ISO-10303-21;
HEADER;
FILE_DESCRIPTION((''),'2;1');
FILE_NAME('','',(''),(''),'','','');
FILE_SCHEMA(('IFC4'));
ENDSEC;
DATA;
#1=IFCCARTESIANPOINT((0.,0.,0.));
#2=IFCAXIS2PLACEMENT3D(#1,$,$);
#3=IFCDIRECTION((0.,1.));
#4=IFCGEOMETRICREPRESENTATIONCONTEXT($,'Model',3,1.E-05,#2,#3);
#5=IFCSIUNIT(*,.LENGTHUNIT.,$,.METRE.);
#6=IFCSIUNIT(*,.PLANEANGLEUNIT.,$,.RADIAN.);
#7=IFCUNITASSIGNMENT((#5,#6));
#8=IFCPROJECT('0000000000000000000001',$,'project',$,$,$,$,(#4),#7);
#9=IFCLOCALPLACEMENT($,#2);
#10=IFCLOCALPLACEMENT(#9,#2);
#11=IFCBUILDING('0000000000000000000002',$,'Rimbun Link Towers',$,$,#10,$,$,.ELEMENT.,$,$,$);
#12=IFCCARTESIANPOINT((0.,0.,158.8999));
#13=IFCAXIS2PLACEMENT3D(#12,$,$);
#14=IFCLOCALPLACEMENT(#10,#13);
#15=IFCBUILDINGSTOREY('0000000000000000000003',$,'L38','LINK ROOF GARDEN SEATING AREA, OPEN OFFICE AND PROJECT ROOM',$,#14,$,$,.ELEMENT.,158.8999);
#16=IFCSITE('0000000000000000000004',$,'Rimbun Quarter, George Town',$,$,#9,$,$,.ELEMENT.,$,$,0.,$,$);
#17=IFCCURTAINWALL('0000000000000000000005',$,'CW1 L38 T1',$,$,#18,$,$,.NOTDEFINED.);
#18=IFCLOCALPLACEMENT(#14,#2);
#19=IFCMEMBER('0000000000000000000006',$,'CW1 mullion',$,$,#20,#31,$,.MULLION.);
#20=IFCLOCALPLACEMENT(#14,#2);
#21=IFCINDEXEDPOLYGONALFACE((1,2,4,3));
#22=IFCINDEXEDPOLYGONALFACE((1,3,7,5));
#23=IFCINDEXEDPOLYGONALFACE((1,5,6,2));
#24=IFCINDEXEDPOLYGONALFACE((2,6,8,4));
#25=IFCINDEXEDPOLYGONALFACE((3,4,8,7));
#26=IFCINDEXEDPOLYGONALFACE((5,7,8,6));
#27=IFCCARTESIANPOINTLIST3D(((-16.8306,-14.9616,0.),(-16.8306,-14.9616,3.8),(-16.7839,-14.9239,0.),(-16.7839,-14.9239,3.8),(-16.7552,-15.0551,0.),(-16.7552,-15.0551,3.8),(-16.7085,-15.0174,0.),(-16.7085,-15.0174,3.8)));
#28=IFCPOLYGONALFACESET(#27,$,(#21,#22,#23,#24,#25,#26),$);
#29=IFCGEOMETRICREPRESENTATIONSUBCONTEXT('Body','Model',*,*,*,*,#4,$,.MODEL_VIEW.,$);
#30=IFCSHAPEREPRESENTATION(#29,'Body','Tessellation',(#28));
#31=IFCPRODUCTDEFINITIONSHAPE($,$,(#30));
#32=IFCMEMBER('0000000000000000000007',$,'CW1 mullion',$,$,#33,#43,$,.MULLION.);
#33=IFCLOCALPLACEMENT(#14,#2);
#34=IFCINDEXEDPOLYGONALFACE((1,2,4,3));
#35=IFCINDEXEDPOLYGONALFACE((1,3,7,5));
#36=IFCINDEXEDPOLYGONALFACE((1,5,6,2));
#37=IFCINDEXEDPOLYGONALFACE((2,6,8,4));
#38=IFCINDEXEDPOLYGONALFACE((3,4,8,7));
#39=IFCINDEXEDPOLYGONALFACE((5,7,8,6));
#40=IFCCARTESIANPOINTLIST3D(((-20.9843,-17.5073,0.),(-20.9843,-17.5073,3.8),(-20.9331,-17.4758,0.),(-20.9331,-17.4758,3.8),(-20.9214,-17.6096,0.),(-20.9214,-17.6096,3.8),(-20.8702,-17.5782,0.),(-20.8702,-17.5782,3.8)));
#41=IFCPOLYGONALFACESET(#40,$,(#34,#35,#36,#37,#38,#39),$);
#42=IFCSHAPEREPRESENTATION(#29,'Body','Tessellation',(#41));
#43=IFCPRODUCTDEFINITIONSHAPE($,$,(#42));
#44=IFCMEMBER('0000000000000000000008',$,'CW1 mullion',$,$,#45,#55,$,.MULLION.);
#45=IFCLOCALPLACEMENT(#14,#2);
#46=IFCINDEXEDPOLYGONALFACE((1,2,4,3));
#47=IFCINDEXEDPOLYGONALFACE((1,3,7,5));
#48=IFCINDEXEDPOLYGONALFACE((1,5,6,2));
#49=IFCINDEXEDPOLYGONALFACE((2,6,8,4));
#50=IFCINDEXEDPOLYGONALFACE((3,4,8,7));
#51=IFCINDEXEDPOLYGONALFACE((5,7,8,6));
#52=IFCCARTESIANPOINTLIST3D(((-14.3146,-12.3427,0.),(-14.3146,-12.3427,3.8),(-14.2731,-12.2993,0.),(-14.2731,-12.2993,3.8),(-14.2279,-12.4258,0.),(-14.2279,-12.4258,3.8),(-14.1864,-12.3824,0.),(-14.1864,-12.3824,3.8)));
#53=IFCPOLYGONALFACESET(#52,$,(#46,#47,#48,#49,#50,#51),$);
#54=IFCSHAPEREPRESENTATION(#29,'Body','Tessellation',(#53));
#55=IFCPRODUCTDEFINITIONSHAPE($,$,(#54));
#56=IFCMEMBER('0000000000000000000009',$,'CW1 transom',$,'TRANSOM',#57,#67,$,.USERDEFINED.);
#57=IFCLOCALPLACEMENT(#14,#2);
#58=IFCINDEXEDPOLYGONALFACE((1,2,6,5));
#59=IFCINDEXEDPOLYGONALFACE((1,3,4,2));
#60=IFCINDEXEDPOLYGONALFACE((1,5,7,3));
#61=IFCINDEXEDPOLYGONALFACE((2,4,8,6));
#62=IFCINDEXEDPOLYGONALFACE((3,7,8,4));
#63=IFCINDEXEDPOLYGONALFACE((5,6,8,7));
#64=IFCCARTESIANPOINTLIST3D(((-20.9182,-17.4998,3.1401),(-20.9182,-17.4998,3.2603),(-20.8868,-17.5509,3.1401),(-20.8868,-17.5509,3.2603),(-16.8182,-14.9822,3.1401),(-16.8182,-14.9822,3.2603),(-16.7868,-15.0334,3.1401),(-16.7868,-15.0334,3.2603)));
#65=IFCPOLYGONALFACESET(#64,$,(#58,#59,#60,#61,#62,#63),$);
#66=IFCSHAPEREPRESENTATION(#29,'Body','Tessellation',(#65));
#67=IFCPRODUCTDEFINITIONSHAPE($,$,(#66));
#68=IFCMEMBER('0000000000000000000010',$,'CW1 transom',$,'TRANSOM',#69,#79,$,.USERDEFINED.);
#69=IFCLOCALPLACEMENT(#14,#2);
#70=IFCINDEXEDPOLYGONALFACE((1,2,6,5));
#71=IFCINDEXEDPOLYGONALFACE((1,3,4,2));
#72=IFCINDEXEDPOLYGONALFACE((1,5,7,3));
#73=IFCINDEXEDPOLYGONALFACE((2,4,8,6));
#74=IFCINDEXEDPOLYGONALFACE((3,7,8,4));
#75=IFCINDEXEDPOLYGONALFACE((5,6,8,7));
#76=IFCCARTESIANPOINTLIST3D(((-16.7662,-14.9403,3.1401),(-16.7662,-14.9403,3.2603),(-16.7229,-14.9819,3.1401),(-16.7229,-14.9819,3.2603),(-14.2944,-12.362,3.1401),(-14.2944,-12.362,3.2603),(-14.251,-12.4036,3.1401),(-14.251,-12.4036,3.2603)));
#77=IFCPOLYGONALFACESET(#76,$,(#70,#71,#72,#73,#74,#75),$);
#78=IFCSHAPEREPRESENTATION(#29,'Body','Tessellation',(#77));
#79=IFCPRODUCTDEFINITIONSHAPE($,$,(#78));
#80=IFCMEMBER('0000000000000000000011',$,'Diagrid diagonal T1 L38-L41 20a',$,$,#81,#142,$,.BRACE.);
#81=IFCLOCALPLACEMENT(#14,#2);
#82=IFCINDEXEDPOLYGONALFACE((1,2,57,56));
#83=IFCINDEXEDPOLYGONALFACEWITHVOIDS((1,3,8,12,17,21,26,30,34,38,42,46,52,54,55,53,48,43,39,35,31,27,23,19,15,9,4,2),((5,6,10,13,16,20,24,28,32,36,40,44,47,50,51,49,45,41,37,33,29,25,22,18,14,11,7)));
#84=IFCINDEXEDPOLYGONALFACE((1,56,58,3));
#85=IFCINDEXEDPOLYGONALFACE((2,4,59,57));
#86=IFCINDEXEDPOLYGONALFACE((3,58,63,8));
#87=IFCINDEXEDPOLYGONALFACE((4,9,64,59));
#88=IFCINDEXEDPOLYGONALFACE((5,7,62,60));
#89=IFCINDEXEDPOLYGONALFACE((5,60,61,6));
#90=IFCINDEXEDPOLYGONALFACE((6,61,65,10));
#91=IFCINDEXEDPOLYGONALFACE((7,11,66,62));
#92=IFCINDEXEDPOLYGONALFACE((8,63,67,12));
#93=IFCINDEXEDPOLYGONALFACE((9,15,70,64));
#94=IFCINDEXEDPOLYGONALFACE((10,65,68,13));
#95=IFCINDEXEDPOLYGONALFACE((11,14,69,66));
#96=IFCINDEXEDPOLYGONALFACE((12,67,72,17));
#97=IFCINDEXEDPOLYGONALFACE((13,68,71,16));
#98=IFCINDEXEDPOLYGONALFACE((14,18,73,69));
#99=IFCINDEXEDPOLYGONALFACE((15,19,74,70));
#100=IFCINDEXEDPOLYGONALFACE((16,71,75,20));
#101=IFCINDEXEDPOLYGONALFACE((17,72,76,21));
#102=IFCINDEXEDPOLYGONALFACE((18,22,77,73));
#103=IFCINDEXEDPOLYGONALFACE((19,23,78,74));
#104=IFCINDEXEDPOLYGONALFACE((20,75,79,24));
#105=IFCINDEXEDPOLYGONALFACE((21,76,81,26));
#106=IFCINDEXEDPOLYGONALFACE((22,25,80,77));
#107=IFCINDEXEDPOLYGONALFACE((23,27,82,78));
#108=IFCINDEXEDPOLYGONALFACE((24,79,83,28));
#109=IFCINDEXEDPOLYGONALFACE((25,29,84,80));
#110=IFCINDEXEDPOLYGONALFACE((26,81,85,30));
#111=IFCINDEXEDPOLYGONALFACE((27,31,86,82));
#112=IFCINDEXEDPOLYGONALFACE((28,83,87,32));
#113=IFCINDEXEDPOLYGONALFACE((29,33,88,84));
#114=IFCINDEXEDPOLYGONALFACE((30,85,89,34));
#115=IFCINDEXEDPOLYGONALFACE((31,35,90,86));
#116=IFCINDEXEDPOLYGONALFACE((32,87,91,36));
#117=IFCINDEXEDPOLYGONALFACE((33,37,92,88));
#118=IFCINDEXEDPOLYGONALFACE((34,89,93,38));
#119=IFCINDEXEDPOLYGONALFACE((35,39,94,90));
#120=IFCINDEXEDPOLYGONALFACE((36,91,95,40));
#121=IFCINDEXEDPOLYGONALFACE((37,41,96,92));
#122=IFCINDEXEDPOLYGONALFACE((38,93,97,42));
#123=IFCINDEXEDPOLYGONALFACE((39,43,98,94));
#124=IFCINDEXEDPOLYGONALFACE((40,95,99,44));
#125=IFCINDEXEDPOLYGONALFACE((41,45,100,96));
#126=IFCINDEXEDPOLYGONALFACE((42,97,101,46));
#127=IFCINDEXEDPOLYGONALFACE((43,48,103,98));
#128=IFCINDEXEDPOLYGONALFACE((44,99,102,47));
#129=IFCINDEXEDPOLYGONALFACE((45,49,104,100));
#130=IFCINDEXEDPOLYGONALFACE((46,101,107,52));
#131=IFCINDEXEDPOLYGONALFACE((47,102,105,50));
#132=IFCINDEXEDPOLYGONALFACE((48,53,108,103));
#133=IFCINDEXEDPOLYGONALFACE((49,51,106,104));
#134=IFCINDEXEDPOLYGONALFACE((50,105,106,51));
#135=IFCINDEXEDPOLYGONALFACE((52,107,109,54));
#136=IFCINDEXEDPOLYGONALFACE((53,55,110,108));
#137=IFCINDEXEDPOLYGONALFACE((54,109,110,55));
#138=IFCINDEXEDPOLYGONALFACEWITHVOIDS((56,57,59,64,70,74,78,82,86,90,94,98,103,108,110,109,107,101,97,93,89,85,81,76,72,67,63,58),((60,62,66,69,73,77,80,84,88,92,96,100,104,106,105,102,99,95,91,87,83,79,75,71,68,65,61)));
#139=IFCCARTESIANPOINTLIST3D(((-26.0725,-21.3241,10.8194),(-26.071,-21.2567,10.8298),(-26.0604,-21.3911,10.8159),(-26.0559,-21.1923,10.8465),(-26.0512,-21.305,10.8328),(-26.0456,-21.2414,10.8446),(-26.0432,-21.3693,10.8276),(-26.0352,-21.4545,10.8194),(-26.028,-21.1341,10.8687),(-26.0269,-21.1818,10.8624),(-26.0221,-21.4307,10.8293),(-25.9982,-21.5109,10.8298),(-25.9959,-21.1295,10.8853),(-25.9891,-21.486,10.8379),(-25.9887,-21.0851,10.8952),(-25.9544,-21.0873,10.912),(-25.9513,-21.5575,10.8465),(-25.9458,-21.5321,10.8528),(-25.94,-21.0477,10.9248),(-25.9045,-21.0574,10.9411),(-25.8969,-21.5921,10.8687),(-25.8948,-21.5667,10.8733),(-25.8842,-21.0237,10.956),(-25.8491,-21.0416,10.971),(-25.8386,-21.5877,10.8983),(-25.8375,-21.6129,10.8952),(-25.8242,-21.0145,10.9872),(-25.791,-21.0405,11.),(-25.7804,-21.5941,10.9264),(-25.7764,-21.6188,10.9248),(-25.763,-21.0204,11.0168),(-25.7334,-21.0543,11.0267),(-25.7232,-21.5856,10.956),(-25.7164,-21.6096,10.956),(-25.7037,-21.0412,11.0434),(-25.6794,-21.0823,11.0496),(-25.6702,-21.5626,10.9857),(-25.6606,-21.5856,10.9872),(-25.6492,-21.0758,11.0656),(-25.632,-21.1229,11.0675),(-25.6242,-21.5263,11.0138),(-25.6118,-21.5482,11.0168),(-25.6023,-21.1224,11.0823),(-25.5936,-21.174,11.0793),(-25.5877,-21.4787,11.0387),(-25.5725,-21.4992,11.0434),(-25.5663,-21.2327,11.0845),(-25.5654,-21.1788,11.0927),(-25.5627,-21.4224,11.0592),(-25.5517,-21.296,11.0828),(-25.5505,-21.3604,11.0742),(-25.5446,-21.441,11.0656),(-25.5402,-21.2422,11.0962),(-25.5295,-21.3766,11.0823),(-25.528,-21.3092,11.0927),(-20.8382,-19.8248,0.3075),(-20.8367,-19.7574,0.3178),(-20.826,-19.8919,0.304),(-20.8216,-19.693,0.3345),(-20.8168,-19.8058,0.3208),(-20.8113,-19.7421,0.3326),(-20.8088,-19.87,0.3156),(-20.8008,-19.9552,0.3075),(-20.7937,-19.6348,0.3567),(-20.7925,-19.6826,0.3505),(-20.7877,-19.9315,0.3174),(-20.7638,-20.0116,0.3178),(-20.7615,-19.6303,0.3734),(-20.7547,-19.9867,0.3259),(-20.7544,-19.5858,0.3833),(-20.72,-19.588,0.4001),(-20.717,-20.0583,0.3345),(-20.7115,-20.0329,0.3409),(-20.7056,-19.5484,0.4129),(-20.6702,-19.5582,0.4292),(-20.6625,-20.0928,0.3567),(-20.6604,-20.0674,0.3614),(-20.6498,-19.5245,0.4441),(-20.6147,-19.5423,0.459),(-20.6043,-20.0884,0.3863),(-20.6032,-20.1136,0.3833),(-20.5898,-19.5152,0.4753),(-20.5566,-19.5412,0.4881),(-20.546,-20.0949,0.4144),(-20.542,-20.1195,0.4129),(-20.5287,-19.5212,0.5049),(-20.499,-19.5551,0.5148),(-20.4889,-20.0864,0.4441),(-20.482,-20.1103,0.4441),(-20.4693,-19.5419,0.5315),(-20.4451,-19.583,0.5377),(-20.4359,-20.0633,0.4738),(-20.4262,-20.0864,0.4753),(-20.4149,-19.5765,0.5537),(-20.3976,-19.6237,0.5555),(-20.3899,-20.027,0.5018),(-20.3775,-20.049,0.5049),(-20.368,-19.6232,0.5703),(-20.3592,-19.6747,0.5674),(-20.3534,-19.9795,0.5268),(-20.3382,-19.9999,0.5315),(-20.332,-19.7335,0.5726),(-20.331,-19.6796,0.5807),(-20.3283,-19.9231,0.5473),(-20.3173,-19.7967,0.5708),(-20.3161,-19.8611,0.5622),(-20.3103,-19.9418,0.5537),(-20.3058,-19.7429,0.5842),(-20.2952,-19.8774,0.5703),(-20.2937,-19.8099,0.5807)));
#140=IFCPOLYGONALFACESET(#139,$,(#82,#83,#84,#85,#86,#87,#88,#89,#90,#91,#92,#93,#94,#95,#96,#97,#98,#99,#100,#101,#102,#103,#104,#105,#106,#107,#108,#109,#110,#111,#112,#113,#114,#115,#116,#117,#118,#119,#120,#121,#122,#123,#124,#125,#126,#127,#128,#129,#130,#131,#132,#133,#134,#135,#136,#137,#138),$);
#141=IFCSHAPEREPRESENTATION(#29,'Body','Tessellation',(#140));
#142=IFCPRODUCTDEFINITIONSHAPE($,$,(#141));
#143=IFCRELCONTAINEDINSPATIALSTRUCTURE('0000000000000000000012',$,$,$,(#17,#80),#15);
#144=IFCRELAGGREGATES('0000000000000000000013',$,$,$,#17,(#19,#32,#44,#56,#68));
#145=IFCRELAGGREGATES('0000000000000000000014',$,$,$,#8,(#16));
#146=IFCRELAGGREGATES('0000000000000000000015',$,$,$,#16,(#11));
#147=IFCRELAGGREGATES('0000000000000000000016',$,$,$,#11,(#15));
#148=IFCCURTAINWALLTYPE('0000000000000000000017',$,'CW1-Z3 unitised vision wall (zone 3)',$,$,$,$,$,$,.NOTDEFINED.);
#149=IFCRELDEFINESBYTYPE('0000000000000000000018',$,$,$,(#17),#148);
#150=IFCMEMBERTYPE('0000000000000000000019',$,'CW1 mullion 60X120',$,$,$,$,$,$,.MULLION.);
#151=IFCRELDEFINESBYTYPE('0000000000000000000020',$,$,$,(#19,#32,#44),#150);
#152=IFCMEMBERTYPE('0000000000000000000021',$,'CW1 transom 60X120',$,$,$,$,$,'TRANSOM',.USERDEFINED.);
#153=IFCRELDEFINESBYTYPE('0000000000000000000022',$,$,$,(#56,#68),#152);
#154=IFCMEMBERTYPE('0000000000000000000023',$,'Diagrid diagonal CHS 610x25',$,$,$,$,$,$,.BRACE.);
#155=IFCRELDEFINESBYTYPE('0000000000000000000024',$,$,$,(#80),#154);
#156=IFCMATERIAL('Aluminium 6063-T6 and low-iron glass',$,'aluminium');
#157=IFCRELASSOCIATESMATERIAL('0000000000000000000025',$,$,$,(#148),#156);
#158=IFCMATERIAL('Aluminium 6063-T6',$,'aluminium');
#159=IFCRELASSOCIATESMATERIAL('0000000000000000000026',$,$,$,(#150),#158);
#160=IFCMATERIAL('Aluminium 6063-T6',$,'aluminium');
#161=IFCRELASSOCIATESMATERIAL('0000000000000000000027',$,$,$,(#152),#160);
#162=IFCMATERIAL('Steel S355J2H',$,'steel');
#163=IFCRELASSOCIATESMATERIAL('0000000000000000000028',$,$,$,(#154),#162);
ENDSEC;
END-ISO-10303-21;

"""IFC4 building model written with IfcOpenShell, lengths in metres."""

from ifc_helpers import new_model, si_unit, direction, frame, origin, origin_2d, place, context, subcontext, project, spatial, rectangle, hollow_circle, extrude, material, material_profile, profile_set, type_object, element, aggregate, save


model = new_model("IFC4")

# Units and contexts
model_context = context("Model", 3, precision=1e-05, world=origin(), true_north=direction((0.0, 1.0)))
body_context = subcontext(model_context, "Body", "Model", "MODEL_VIEW")
ifc_project = project(units=[si_unit("LENGTHUNIT", "METRE"), si_unit("PLANEANGLEUNIT", "RADIAN")], contexts=[model_context])

# Site, building, storey
site_placement = place(None, origin())
site = spatial("IfcSite", under=ifc_project, at=site_placement, Name="Rimbun Quarter, George Town", CompositionType="ELEMENT", RefElevation=0.0)
building_placement = place(site_placement, origin())
building = spatial("IfcBuilding", under=site, at=building_placement, Name="Rimbun Link Towers", CompositionType="ELEMENT")
storey_placement = place(building_placement, frame((0.0, 0.0, 158.8999)))
storey = spatial("IfcBuildingStorey", under=building, at=storey_placement, Name="L38", Description="LINK ROOF GARDEN SEATING AREA, OPEN OFFICE AND PROJECT ROOM", CompositionType="ELEMENT", Elevation=158.8999)

# Curtain wall, members
ifc_material_1 = material(Name="Aluminium 6063-T6 and low-iron glass", Category="aluminium")
curtain_wall_type = type_object("IfcCurtainWallType", Name="CW1-Z3 unitised vision wall (zone 3)", PredefinedType="NOTDEFINED", material=ifc_material_1)
curtain_wall_placement = place(storey_placement, origin())
curtain_wall = element("IfcCurtainWall", 1, at=curtain_wall_placement, inside=storey, type_object=curtain_wall_type, Name="CW1 L38 T1", PredefinedType="NOTDEFINED")
ifc_material_2 = material(Name="Aluminium 6063-T6", Category="aluminium")
ifc_material_profile_1 = material_profile(ifc_material_2, rectangle(XDim=0.1201, YDim=0.0601, at=origin_2d()), Name="MULLION 60X120")
ifc_profile_set_1 = profile_set([ifc_material_profile_1], Name="Aluminium 6063-T6")
member_type_1 = type_object("IfcMemberType", Name="CW1 mullion 60X120", PredefinedType="MULLION", material=ifc_profile_set_1)
member_1_placement = place(storey_placement, frame((-16.7695, -14.9895, 0.0), z_axis=(0.0, 0.0, 1.0), x_axis=(0.627676, -0.778475, 0.0)))
member_1 = element("IfcMember", 2, at=member_1_placement, type_object=member_type_1, Name="CW1 mullion", PredefinedType="MULLION", context=body_context, shape_type="SweptSolid", body=[
    extrude(rectangle(XDim=0.1201, YDim=0.0601, at=origin_2d()), origin(), (0.0, 0.0, 1.0), 3.8),
])
member_2_placement = place(storey_placement, frame((-20.9272, -17.5427, 0.0), z_axis=(0.0, 0.0, 1.0), x_axis=(0.52325, -0.852179, 0.0)))
member_2 = element("IfcMember", 3, at=member_2_placement, type_object=member_type_1, Name="CW1 mullion", PredefinedType="MULLION", context=body_context, shape_type="SweptSolid", body=[
    extrude(rectangle(XDim=0.1201, YDim=0.0601, at=origin_2d()), origin(), (0.0, 0.0, 1.0), 3.8),
])
member_3_placement = place(storey_placement, frame((-14.2505, -12.3625, 0.0), z_axis=(0.0, 0.0, 1.0), x_axis=(0.721847, -0.692052, 0.0)))
member_3 = element("IfcMember", 4, at=member_3_placement, type_object=member_type_1, Name="CW1 mullion", PredefinedType="MULLION", context=body_context, shape_type="SweptSolid", body=[
    extrude(rectangle(XDim=0.1201, YDim=0.0601, at=origin_2d()), origin(), (0.0, 0.0, 1.0), 3.8),
])
ifc_material_3 = material(Name="Aluminium 6063-T6", Category="aluminium")
ifc_material_profile_2 = material_profile(ifc_material_3, rectangle(XDim=0.0601, YDim=0.1201, at=origin_2d()), Name="TRANSOM 60X120")
ifc_profile_set_2 = profile_set([ifc_material_profile_2], Name="Aluminium 6063-T6")
member_type_2 = type_object("IfcMemberType", Name="CW1 transom 60X120", ElementType="TRANSOM", PredefinedType="USERDEFINED", material=ifc_profile_set_2)
member_4_placement = place(storey_placement, frame((-16.8025, -15.0078, 3.2002), z_axis=(-0.852174, -0.523259, 0.0), x_axis=(0.523259, -0.852174, 0.0)))
member_4 = element("IfcMember", 5, at=member_4_placement, type_object=member_type_2, Name="CW1 transom", ObjectType="TRANSOM", PredefinedType="USERDEFINED", context=body_context, shape_type="SweptSolid", body=[
    extrude(rectangle(XDim=0.0601, YDim=0.1201, at=origin_2d()), origin(), (0.0, 0.0, 1.0), 4.8113),
])
member_5_placement = place(storey_placement, frame((-14.2727, -12.3828, 3.2002), z_axis=(-0.692049, -0.72185, 0.0), x_axis=(0.72185, -0.692049, 0.0)))
member_5 = element("IfcMember", 6, at=member_5_placement, type_object=member_type_2, Name="CW1 transom", ObjectType="TRANSOM", PredefinedType="USERDEFINED", context=body_context, shape_type="SweptSolid", body=[
    extrude(rectangle(XDim=0.0601, YDim=0.1201, at=origin_2d()), origin(), (0.0, 0.0, 1.0), 3.5718),
])

# Member
ifc_material_4 = material(Name="Steel S355J2H", Category="steel")
ifc_material_profile_3 = material_profile(ifc_material_4, hollow_circle(Radius=0.3047, WallThickness=0.0249, at=origin_2d()), Name="Diagrid diagonal CHS 610x25")
ifc_profile_set_3 = profile_set([ifc_material_profile_3], Name="Steel S355J2H")
member_type_3 = type_object("IfcMemberType", Name="Diagrid diagonal CHS 610x25", PredefinedType="BRACE", material=ifc_profile_set_3)
member_6_placement = place(storey_placement, frame((-20.5659, -19.8174, 0.4441), z_axis=(-0.442152, -0.126644, 0.887954), x_axis=(0.275355, -0.961343, 0.0)))
element("IfcMember", 7, at=member_6_placement, inside=storey, type_object=member_type_3, Name="Diagrid diagonal T1 L38-L41 20a", PredefinedType="BRACE", context=body_context, shape_type="SweptSolid", body=[
    extrude(hollow_circle(Radius=0.3047, WallThickness=0.0249, at=origin_2d()), origin(), (0.0, 0.0, 1.0), 11.8384),
])

aggregate(curtain_wall, [member_1, member_2, member_3, member_4, member_5])

save(model, "model.ifc")
